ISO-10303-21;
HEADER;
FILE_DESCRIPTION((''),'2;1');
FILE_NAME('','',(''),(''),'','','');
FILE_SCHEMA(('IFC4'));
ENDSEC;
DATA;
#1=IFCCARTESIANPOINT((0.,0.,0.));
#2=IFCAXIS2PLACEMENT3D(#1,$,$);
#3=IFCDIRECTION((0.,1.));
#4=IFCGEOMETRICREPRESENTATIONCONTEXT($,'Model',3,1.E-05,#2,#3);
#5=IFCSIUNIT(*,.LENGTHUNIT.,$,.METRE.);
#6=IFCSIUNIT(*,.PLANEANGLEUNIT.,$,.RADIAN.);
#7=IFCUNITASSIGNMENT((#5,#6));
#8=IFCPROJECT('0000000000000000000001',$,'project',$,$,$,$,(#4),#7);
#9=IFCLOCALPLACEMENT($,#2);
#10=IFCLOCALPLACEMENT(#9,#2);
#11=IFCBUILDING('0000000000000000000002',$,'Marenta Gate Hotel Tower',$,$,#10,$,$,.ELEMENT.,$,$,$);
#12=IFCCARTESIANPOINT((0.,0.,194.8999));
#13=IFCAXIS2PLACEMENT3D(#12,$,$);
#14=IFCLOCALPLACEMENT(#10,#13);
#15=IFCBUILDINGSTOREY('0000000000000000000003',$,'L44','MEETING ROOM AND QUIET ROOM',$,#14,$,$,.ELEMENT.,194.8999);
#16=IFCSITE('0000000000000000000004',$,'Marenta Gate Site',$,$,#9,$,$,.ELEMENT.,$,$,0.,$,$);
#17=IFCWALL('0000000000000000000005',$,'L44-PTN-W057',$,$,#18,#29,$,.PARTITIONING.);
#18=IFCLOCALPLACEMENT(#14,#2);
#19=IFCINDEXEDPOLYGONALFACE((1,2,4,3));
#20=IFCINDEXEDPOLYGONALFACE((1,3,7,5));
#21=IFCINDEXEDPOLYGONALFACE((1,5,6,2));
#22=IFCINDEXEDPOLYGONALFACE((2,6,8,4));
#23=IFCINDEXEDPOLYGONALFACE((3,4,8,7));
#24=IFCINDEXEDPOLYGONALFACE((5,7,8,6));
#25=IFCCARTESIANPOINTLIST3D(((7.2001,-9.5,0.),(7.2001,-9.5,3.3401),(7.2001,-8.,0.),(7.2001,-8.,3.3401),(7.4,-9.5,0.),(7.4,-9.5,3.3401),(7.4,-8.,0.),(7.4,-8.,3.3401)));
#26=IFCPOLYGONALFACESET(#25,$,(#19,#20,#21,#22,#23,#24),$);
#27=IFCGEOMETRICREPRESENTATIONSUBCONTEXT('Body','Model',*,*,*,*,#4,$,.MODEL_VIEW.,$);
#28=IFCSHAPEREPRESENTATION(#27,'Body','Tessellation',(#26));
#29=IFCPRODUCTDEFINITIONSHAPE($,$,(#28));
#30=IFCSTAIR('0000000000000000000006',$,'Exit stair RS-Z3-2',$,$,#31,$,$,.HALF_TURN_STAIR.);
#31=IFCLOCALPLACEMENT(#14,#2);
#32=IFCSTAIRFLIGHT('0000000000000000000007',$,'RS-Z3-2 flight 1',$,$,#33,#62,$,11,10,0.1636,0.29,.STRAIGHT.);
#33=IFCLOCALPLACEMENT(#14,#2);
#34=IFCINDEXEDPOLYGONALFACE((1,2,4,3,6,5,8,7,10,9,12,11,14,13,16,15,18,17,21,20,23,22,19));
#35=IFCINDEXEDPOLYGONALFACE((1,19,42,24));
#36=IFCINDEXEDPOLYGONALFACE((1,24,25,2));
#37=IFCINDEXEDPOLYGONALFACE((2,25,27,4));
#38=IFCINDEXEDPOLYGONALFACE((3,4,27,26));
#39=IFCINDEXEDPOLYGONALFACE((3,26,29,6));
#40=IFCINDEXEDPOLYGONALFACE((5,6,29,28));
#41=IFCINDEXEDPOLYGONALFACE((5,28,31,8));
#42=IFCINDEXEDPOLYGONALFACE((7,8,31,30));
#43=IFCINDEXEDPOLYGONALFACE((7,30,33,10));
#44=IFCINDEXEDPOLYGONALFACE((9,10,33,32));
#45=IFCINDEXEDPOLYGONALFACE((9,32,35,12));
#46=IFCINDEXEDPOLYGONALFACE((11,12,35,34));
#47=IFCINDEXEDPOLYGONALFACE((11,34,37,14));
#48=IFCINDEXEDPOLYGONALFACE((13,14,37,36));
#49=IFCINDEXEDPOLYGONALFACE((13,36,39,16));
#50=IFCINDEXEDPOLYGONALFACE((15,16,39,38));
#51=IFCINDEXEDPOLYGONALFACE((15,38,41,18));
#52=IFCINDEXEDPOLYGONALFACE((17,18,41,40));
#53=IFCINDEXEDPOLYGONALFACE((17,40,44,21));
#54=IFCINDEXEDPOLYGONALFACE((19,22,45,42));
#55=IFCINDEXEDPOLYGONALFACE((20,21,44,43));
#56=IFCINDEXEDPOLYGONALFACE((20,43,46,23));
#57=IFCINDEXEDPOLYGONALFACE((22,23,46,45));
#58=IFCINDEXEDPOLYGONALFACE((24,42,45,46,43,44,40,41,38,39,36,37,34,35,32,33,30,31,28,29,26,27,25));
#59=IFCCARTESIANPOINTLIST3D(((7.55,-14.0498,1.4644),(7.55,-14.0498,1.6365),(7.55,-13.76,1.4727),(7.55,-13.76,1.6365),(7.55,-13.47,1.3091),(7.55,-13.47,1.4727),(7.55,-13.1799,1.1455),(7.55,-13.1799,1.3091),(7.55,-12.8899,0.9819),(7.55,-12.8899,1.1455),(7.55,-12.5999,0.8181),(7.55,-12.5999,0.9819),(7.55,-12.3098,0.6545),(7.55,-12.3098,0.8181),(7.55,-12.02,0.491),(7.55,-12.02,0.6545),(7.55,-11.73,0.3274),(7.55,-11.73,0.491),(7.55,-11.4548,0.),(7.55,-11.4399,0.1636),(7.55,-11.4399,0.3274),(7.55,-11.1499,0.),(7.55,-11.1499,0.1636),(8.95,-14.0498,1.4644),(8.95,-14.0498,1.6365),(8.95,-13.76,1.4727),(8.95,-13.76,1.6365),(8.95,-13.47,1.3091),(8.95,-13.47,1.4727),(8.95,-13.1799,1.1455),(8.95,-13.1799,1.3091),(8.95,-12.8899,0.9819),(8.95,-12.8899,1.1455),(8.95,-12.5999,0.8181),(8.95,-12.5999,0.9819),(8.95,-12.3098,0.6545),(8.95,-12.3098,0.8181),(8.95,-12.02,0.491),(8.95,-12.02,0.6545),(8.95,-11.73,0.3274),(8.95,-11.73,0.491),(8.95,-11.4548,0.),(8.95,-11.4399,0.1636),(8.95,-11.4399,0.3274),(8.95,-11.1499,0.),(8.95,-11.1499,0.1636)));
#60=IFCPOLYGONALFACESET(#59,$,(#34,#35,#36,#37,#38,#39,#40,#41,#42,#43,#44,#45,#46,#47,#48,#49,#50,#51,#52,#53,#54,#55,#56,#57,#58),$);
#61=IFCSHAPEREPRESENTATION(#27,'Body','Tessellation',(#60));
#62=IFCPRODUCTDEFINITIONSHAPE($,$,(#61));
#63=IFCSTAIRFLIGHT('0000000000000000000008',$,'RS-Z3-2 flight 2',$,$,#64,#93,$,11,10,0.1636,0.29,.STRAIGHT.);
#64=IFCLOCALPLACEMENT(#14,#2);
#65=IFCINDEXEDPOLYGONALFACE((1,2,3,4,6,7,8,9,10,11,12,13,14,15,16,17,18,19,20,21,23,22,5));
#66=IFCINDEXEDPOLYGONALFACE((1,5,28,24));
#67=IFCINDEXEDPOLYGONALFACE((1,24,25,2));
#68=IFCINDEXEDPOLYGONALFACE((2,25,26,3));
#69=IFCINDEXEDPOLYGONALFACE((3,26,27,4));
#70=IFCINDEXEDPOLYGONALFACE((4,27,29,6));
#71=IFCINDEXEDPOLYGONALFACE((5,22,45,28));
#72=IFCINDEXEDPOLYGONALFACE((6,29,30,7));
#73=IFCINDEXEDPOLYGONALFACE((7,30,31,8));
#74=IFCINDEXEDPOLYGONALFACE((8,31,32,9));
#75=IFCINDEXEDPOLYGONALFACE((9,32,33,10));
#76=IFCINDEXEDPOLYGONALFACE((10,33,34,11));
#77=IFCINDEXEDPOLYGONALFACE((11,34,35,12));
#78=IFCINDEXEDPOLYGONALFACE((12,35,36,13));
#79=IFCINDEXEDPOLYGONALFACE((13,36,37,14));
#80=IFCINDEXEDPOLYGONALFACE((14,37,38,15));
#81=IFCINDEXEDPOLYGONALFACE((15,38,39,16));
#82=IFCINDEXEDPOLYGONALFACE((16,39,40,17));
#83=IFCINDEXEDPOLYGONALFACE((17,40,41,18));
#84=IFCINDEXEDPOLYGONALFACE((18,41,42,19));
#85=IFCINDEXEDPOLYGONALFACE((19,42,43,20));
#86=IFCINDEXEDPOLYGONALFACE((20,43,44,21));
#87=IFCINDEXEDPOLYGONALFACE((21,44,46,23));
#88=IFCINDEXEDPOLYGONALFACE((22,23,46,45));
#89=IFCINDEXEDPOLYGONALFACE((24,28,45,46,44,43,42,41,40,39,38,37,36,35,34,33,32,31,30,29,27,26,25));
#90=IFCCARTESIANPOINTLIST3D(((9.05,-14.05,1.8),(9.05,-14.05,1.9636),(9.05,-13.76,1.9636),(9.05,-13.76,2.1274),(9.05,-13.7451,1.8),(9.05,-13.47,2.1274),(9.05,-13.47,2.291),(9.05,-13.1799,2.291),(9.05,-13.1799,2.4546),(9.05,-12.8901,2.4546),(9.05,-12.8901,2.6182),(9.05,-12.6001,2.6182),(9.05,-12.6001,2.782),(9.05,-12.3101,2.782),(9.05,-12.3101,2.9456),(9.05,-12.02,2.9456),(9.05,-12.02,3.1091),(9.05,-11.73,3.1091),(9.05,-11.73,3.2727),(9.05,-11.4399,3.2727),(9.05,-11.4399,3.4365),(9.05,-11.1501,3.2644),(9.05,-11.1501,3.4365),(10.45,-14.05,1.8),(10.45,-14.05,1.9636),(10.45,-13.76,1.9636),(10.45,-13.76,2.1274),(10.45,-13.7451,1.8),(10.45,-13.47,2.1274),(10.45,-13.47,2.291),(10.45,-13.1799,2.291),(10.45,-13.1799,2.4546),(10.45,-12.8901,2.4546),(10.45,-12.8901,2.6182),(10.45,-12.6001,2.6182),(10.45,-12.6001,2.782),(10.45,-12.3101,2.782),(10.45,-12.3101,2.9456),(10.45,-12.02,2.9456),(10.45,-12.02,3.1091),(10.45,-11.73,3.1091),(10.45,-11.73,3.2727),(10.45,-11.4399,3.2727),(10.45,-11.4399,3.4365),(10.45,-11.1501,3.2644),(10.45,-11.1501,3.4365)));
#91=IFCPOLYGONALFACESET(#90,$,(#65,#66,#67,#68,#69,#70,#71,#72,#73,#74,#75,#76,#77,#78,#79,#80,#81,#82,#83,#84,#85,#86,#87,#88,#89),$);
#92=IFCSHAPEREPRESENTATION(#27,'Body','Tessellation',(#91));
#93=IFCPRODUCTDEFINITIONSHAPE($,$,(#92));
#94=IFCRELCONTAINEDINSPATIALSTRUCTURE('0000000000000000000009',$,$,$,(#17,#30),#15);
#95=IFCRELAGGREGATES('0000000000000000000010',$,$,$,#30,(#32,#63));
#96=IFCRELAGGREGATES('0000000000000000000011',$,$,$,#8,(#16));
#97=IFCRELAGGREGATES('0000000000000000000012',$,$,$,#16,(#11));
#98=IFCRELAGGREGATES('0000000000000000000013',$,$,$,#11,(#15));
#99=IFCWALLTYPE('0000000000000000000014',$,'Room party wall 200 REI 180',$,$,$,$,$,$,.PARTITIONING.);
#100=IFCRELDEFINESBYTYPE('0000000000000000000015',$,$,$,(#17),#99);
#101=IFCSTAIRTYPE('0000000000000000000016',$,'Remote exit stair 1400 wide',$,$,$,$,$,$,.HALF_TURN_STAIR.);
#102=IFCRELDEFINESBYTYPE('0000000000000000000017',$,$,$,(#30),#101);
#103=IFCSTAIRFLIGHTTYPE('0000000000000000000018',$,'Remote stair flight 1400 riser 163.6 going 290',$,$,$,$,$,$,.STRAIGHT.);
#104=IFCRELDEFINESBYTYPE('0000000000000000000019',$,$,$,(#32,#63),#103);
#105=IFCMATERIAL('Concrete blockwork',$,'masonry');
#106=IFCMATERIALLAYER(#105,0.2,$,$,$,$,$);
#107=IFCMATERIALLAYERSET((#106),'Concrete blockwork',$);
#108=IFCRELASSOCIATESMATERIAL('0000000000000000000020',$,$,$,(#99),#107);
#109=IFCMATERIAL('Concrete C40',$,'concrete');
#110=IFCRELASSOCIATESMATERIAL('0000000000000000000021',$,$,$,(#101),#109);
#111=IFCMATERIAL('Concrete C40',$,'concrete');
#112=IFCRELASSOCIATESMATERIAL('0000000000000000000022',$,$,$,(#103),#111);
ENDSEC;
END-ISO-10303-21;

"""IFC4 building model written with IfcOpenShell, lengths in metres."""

from ifc_helpers import new_model, si_unit, direction, frame, frame_2d, origin, place, context, subcontext, project, spatial, polyline, rectangle, outline, extrude, material, layer, layer_set, type_object, element, aggregate, save


model = new_model("IFC4")

# Units and contexts
model_context = context("Model", 3, precision=1e-05, world=origin(), true_north=direction((0.0, 1.0)))
body_context = subcontext(model_context, "Body", "Model", "MODEL_VIEW")
ifc_project = project(units=[si_unit("LENGTHUNIT", "METRE"), si_unit("PLANEANGLEUNIT", "RADIAN")], contexts=[model_context])

# Site, building, storey
site_placement = place(None, origin())
site = spatial("IfcSite", under=ifc_project, at=site_placement, Name="Marenta Gate Site", CompositionType="ELEMENT", RefElevation=0.0)
building_placement = place(site_placement, origin())
building = spatial("IfcBuilding", under=site, at=building_placement, Name="Marenta Gate Hotel Tower", CompositionType="ELEMENT")
storey_placement = place(building_placement, frame((0.0, 0.0, 194.8999)))
storey = spatial("IfcBuildingStorey", under=building, at=storey_placement, Name="L44", Description="MEETING ROOM AND QUIET ROOM", CompositionType="ELEMENT", Elevation=194.8999)

# Wall
ifc_material_1 = material(Name="Concrete blockwork", Category="masonry")
ifc_layer_1 = layer(ifc_material_1, 0.2)
ifc_layer_set_1 = layer_set([ifc_layer_1], Name="Concrete blockwork")
wall_type_1 = type_object("IfcWallType", Name="Room party wall 200 REI 180", PredefinedType="PARTITIONING", material=ifc_layer_set_1)
wall_1_placement = place(storey_placement, frame((7.3, -9.5, 0.0), z_axis=(0.0, 0.0, 1.0), x_axis=(0.0, 1.0, 0.0)))
element("IfcWall", 1, at=wall_1_placement, inside=storey, type_object=wall_type_1, Name="L44-PTN-W057", PredefinedType="PARTITIONING", context=body_context, shape_type="SweptSolid", body=[
    extrude(rectangle(XDim=1.5, YDim=0.2, at=frame_2d((0.75, 0.0))), origin(), (0.0, 0.0, 1.0), 3.3401),
])

# Stair, stair flights
ifc_material_2 = material(Name="Concrete C40", Category="concrete")
stair_type = type_object("IfcStairType", Name="Remote exit stair 1400 wide", PredefinedType="HALF_TURN_STAIR", material=ifc_material_2)
stair_placement = place(storey_placement, origin())
stair = element("IfcStair", 2, at=stair_placement, inside=storey, type_object=stair_type, Name="Exit stair RS-Z3-2", PredefinedType="HALF_TURN_STAIR")
ifc_material_3 = material(Name="Concrete C40", Category="concrete")
stair_flight_type = type_object("IfcStairFlightType", Name="Remote stair flight 1400 riser 163.6 going 290", PredefinedType="STRAIGHT", material=ifc_material_3)
stair_flight_1_placement = place(storey_placement, frame((8.25, -11.1499, 0.0), z_axis=(0.0, 0.0, 1.0), x_axis=(0.0, -1.0, 0.0)))
stair_flight_1 = element("IfcStairFlight", 3, at=stair_flight_1_placement, type_object=stair_flight_type, Name="RS-Z3-2 flight 1", NumberOfRisers=11, NumberOfTreads=10, PredefinedType="STRAIGHT", RiserHeight=0.1636, TreadLength=0.29, context=body_context, shape_type="SweptSolid", body=[
    extrude(outline(polyline([(0.0, 0.0), (0.0, 0.1636), (0.29, 0.1636), (0.29, 0.3274), (0.5801, 0.3274), (0.5801, 0.491), (0.8701, 0.491), (0.8701, 0.6545), (1.1599, 0.6545), (1.1599, 0.8181), (1.45, 0.8181), (1.45, 0.9819), (1.74, 0.9819), (1.74, 1.1455), (2.03, 1.1455), (2.03, 1.3091), (2.3201, 1.3091), (2.3201, 1.4727), (2.6101, 1.4727), (2.6101, 1.6365), (2.8999, 1.6365), (2.8999, 1.8), (2.8999, 1.4644), (0.3049, 0.0), (0.0, 0.0)])), frame((0.0, 0.7, 0.0), z_axis=(0.0, -1.0, 0.0), x_axis=(1.0, 0.0, 0.0)), (0.0, 0.0, 1.0), 1.3999),
])
stair_flight_2_placement = place(storey_placement, frame((9.75, -14.05, 1.8), z_axis=(0.0, 0.0, 1.0), x_axis=(0.0, 1.0, 0.0)))
stair_flight_2 = element("IfcStairFlight", 4, at=stair_flight_2_placement, type_object=stair_flight_type, Name="RS-Z3-2 flight 2", NumberOfRisers=11, NumberOfTreads=10, PredefinedType="STRAIGHT", RiserHeight=0.1636, TreadLength=0.29, context=body_context, shape_type="SweptSolid", body=[
    extrude(outline(polyline([(0.0, 0.0), (0.0, 0.1636), (0.29, 0.1636), (0.29, 0.3274), (0.5801, 0.3274), (0.5801, 0.491), (0.8701, 0.491), (0.8701, 0.6545), (1.1599, 0.6545), (1.1599, 0.8181), (1.45, 0.8181), (1.45, 0.9819), (1.74, 0.9819), (1.74, 1.1455), (2.03, 1.1455), (2.03, 1.3091), (2.3201, 1.3091), (2.3201, 1.4727), (2.6101, 1.4727), (2.6101, 1.6365), (2.8999, 1.6365), (2.8999, 1.8), (2.8999, 1.4644), (0.3049, 0.0), (0.0, 0.0)])), frame((0.0, 0.7, 0.0), z_axis=(0.0, -1.0, 0.0), x_axis=(1.0, 0.0, 0.0)), (0.0, 0.0, 1.0), 1.3999),
])
aggregate(stair, [stair_flight_1, stair_flight_2])

save(model, "model.ifc")
